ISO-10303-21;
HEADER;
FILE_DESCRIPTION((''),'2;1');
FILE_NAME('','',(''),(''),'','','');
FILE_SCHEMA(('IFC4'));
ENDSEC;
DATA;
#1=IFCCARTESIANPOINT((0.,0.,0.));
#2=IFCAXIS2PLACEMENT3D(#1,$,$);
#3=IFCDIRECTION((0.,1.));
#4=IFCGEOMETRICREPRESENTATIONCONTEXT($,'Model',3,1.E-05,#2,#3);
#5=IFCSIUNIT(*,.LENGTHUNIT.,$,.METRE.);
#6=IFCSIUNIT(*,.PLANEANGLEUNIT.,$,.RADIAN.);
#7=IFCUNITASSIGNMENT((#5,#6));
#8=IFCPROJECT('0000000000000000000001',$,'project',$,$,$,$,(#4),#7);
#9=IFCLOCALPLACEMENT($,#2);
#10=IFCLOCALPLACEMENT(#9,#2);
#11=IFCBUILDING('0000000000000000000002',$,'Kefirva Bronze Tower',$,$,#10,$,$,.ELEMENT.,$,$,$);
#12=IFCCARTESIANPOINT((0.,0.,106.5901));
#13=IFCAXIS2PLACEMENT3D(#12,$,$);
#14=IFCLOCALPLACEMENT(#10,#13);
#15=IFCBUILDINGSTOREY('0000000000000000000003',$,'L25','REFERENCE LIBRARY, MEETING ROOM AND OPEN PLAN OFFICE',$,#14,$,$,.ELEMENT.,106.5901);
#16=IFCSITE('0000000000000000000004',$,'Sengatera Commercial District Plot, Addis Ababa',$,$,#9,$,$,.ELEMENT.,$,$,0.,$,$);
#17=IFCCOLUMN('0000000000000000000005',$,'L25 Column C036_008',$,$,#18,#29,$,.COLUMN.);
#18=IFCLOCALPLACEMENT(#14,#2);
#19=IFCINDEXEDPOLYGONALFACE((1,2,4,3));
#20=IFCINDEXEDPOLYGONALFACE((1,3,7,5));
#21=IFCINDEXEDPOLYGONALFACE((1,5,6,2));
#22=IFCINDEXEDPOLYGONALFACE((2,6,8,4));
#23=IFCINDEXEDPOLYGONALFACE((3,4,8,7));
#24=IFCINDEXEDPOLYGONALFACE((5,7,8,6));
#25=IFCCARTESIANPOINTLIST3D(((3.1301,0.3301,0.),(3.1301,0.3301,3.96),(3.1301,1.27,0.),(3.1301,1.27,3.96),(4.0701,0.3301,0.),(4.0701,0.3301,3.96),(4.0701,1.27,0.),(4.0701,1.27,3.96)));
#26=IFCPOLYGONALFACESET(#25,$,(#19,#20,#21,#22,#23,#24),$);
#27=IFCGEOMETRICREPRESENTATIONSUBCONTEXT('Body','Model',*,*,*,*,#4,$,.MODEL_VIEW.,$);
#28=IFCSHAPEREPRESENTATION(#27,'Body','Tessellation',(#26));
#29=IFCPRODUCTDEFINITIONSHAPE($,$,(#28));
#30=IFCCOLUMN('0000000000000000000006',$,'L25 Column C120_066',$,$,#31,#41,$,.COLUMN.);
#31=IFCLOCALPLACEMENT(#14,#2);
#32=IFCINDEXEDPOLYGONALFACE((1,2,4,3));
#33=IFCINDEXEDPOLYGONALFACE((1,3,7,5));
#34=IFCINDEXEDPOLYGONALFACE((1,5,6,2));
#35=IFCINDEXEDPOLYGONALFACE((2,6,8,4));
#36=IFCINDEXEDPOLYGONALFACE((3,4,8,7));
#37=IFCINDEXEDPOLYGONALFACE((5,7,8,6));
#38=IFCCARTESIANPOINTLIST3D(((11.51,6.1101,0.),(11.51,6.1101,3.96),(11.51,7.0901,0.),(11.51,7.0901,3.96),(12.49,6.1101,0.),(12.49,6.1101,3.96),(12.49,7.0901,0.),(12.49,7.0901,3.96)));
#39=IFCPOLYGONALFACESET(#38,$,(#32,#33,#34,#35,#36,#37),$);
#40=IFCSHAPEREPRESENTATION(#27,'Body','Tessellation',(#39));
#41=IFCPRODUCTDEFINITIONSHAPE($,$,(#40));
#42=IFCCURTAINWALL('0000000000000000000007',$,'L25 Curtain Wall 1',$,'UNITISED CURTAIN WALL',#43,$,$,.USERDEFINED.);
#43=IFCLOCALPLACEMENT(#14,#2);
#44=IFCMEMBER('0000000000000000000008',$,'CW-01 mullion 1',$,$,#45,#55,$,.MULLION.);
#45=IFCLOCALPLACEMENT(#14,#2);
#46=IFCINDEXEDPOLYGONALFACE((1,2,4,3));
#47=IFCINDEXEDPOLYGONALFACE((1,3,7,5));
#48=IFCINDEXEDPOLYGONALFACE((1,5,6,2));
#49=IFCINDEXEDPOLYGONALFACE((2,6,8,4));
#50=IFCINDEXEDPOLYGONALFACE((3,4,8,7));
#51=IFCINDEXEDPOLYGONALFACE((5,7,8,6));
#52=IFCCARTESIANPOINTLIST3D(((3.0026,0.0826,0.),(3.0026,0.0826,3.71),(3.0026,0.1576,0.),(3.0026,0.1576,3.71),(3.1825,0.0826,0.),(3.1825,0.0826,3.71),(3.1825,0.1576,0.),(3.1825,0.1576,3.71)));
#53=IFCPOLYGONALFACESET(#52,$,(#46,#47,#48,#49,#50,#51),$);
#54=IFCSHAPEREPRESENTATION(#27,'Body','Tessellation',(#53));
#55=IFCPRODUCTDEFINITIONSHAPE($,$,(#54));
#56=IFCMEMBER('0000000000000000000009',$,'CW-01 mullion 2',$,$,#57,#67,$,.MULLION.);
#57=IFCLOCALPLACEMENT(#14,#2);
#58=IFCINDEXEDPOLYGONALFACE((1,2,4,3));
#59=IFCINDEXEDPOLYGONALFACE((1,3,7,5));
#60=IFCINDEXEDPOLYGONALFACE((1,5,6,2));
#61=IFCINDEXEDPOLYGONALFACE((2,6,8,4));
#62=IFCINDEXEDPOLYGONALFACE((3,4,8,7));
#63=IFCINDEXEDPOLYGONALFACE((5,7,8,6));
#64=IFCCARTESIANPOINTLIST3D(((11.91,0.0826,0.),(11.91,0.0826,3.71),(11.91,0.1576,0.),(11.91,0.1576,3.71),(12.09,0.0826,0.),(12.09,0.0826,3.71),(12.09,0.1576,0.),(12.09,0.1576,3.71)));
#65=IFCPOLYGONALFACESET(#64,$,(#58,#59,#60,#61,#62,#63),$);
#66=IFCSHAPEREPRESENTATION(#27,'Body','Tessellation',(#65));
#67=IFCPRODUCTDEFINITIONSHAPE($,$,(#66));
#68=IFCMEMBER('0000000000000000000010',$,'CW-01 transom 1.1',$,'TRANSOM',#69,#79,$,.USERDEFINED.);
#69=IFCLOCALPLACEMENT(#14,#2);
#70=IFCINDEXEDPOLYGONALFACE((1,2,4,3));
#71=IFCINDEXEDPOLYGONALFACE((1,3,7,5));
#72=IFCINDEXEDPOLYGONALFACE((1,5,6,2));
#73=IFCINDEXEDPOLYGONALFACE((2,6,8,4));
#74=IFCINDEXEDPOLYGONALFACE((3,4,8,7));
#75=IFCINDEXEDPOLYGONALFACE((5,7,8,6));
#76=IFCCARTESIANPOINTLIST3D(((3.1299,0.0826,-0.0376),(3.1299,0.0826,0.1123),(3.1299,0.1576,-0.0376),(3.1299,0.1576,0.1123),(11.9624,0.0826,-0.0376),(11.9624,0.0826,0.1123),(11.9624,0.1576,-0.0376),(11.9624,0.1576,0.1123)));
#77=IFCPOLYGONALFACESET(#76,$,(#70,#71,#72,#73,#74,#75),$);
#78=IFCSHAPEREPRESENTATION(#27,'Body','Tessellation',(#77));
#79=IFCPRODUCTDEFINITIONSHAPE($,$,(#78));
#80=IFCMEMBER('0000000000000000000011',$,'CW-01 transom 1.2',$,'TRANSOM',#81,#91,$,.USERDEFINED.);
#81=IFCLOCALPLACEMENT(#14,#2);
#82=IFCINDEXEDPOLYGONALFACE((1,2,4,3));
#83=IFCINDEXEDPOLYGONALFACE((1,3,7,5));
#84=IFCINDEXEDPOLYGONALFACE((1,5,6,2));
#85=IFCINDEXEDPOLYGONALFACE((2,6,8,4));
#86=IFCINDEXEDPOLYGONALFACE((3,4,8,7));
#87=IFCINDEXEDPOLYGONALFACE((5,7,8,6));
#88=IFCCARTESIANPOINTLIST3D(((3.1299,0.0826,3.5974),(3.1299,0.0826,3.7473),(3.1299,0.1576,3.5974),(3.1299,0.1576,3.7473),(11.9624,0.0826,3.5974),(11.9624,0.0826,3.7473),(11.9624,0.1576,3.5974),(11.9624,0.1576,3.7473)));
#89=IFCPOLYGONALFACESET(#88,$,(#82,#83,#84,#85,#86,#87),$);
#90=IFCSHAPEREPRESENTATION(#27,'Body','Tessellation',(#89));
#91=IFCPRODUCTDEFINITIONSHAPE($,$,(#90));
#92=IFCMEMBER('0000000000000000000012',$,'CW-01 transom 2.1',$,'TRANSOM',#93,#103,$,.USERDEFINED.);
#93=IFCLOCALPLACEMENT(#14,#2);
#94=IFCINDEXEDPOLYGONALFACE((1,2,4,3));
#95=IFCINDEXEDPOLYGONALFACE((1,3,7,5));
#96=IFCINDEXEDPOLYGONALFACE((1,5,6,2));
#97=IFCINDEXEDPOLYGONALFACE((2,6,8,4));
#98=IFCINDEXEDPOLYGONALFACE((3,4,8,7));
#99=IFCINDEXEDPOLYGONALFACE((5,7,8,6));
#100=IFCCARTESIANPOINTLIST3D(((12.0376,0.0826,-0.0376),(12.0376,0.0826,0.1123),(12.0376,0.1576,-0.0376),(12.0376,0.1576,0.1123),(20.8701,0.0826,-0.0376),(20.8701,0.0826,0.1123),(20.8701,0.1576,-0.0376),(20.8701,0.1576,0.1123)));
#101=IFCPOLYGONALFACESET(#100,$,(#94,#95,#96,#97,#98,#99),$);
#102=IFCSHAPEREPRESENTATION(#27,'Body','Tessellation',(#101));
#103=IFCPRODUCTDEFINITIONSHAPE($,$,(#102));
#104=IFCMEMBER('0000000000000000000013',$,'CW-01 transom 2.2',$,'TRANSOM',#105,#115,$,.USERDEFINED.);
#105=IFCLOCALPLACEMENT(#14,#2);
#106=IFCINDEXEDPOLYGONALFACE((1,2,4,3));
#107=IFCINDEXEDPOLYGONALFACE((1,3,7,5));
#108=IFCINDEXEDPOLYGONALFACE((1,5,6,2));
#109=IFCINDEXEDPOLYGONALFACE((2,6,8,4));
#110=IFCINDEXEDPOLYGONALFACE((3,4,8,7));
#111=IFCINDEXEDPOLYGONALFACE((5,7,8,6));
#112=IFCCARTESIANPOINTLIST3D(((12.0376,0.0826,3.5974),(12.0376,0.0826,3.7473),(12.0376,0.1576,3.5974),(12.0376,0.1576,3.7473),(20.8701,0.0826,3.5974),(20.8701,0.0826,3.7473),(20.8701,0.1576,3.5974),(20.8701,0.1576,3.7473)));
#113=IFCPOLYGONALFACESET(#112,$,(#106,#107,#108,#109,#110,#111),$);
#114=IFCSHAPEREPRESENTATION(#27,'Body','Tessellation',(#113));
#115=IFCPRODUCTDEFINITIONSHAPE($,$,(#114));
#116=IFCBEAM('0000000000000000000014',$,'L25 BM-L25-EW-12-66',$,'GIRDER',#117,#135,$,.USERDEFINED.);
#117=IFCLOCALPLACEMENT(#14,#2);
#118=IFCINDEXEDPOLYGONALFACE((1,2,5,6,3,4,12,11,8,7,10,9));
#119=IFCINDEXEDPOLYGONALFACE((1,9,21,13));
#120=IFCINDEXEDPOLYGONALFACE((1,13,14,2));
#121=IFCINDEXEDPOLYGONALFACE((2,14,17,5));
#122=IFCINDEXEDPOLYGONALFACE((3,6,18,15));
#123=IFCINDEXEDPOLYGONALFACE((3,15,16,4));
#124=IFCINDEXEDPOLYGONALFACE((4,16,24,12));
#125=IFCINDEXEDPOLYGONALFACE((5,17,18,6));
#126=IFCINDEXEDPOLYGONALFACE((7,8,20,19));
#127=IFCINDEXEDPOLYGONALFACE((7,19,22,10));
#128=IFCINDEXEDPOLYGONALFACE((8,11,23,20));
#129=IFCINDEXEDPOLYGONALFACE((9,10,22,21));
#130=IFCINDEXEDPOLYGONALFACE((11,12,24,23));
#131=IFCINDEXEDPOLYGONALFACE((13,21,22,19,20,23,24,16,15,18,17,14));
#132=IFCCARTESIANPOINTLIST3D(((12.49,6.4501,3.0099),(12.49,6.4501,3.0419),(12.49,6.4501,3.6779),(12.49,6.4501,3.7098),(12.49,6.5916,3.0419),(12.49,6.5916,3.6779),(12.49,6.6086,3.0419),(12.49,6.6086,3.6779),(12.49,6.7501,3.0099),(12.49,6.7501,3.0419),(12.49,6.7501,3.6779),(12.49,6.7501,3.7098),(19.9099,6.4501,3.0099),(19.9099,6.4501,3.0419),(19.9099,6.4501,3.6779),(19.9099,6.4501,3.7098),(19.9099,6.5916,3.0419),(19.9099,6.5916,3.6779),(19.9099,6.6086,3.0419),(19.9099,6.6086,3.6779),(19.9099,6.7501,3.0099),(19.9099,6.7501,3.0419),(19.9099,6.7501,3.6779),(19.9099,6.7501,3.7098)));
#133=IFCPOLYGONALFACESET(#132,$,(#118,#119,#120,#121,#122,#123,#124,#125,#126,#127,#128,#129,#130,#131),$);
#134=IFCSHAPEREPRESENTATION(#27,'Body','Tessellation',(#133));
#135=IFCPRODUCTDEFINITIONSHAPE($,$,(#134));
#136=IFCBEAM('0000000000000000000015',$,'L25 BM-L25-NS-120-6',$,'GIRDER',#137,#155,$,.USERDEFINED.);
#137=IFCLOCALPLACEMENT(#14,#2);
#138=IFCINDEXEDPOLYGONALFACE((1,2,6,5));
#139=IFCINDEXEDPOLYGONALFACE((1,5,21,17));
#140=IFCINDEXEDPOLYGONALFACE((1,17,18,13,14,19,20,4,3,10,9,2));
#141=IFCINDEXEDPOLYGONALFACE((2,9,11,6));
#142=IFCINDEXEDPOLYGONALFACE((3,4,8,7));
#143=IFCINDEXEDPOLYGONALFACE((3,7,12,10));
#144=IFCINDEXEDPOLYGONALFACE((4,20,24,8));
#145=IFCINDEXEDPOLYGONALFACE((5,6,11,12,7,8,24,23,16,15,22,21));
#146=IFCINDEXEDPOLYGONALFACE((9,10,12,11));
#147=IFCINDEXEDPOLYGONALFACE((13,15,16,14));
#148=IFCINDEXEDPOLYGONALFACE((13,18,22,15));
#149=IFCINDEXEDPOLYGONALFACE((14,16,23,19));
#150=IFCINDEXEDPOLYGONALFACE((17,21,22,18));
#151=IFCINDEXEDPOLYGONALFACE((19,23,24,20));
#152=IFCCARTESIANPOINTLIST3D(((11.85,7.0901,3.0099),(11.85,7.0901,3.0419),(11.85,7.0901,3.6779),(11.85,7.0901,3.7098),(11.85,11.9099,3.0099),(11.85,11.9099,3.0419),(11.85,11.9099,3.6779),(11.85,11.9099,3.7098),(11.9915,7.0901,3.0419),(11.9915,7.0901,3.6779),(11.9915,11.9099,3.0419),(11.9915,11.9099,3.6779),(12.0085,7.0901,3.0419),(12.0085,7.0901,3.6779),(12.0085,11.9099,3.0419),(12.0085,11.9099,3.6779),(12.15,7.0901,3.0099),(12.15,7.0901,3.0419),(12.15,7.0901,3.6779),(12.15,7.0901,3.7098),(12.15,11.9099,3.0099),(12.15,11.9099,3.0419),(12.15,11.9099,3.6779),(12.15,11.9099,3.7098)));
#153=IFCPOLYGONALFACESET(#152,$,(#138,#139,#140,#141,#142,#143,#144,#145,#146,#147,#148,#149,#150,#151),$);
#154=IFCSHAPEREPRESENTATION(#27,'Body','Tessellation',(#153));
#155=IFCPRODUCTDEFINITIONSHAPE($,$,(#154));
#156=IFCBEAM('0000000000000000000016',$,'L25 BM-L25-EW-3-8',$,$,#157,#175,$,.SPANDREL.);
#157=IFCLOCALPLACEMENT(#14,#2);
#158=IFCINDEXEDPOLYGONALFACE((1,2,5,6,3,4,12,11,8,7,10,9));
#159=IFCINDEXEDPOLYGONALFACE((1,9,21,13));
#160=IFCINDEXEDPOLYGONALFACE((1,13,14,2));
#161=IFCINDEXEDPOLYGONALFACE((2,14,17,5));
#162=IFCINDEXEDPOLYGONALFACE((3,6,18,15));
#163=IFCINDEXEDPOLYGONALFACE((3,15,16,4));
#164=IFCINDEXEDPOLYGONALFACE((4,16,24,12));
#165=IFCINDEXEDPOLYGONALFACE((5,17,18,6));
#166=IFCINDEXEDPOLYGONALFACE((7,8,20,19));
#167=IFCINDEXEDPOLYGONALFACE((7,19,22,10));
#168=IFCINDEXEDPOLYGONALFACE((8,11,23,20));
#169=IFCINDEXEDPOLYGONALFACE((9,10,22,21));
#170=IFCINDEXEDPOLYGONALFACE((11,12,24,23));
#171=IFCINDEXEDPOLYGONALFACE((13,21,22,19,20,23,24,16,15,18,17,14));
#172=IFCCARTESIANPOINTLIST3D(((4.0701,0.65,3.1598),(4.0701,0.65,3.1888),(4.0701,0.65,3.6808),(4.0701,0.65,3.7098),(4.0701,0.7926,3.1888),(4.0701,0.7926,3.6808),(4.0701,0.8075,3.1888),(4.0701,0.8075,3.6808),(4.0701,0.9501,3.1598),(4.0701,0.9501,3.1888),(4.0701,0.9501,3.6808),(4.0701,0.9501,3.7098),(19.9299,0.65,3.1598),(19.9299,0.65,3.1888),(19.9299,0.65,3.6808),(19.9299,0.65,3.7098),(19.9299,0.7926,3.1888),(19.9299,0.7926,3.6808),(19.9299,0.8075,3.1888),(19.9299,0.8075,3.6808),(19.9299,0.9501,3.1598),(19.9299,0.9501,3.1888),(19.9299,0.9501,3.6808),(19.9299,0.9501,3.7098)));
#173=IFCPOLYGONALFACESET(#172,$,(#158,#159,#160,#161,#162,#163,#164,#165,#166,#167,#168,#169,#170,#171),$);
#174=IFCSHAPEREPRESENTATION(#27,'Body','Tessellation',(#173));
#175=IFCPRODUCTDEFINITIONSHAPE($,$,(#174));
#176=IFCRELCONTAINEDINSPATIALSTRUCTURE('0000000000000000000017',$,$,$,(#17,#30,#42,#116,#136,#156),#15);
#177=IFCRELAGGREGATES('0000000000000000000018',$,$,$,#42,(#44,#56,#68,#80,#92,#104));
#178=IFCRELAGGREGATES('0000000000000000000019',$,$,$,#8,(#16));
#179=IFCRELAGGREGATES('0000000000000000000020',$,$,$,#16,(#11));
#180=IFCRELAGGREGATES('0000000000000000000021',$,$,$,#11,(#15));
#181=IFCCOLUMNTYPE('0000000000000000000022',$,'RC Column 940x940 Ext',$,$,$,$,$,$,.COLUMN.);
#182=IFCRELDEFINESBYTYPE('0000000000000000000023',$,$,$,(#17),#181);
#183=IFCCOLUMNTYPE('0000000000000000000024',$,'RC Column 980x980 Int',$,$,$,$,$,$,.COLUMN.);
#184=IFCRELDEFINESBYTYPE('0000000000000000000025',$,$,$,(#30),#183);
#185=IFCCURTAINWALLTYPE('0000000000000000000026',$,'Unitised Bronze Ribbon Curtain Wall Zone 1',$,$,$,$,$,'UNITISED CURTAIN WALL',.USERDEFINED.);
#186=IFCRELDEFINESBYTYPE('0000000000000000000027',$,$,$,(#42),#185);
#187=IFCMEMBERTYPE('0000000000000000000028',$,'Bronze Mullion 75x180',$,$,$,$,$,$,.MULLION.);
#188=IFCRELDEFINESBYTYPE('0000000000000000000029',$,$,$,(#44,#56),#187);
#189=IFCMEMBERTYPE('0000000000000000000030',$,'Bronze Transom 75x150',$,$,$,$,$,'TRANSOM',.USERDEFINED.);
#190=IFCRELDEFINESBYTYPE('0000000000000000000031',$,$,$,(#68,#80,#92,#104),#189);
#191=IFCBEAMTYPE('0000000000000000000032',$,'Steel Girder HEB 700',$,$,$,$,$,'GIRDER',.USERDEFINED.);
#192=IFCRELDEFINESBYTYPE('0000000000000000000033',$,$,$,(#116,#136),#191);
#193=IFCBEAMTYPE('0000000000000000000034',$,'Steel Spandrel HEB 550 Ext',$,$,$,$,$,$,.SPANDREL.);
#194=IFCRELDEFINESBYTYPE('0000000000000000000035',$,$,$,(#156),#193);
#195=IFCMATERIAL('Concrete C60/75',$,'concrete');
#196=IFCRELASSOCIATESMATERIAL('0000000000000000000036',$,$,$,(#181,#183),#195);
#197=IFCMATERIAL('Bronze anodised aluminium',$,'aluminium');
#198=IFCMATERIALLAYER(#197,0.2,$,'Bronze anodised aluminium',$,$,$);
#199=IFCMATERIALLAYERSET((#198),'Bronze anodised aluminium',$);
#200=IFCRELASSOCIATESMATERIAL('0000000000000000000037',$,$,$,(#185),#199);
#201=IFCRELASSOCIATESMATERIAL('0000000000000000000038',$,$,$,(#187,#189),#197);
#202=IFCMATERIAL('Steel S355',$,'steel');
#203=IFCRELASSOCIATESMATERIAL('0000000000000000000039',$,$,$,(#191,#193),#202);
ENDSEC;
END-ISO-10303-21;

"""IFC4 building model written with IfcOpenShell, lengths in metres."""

from ifc_helpers import new_model, si_unit, direction, frame, origin, origin_2d, place, context, subcontext, project, spatial, rectangle, i_section, extrude, material, layer, layer_set, material_profile, profile_set, type_object, element, aggregate, save


model = new_model("IFC4")

# Units and contexts
model_context = context("Model", 3, precision=1e-05, world=origin(), true_north=direction((0.0, 1.0)))
body_context = subcontext(model_context, "Body", "Model", "MODEL_VIEW")
ifc_project = project(units=[si_unit("LENGTHUNIT", "METRE"), si_unit("PLANEANGLEUNIT", "RADIAN")], contexts=[model_context])

# Site, building, storey
site_placement = place(None, origin())
site = spatial("IfcSite", under=ifc_project, at=site_placement, Name="Sengatera Commercial District Plot, Addis Ababa", CompositionType="ELEMENT", RefElevation=0.0)
building_placement = place(site_placement, origin())
building = spatial("IfcBuilding", under=site, at=building_placement, Name="Kefirva Bronze Tower", CompositionType="ELEMENT")
storey_placement = place(building_placement, frame((0.0, 0.0, 106.5901)))
storey = spatial("IfcBuildingStorey", under=building, at=storey_placement, Name="L25", Description="REFERENCE LIBRARY, MEETING ROOM AND OPEN PLAN OFFICE", CompositionType="ELEMENT", Elevation=106.5901)

# Columns
ifc_material_1 = material(Name="Concrete C60/75", Category="concrete")
ifc_material_profile_1 = material_profile(ifc_material_1, rectangle(XDim=0.9399, YDim=0.9399, at=origin_2d()), Name="RC 940x940")
ifc_profile_set_1 = profile_set([ifc_material_profile_1], Name="Concrete C60/75")
column_type_1 = type_object("IfcColumnType", Name="RC Column 940x940 Ext", PredefinedType="COLUMN", material=ifc_profile_set_1)
column_1_placement = place(storey_placement, frame((3.6001, 0.8, 0.0), z_axis=(0.0, 0.0, 1.0), x_axis=(1.0, 0.0, 0.0)))
element("IfcColumn", 1, at=column_1_placement, inside=storey, type_object=column_type_1, Name="L25 Column C036_008", PredefinedType="COLUMN", context=body_context, shape_type="SweptSolid", body=[
    extrude(rectangle(XDim=0.9399, YDim=0.9399, at=origin_2d()), origin(), (0.0, 0.0, 1.0), 3.96),
])
ifc_material_profile_2 = material_profile(ifc_material_1, rectangle(XDim=0.98, YDim=0.98, at=origin_2d()), Name="RC 980x980")
ifc_profile_set_2 = profile_set([ifc_material_profile_2], Name="Concrete C60/75")
column_type_2 = type_object("IfcColumnType", Name="RC Column 980x980 Int", PredefinedType="COLUMN", material=ifc_profile_set_2)
column_2_placement = place(storey_placement, frame((12.0, 6.6001, 0.0), z_axis=(0.0, 0.0, 1.0), x_axis=(1.0, 0.0, 0.0)))
element("IfcColumn", 2, at=column_2_placement, inside=storey, type_object=column_type_2, Name="L25 Column C120_066", PredefinedType="COLUMN", context=body_context, shape_type="SweptSolid", body=[
    extrude(rectangle(XDim=0.98, YDim=0.98, at=origin_2d()), origin(), (0.0, 0.0, 1.0), 3.96),
])

# Curtain wall, members
ifc_material_2 = material(Name="Bronze anodised aluminium", Category="aluminium")
ifc_layer_1 = layer(ifc_material_2, 0.2, Name="Bronze anodised aluminium")
ifc_layer_set_1 = layer_set([ifc_layer_1], Name="Bronze anodised aluminium")
curtain_wall_type = type_object("IfcCurtainWallType", Name="Unitised Bronze Ribbon Curtain Wall Zone 1", ElementType="UNITISED CURTAIN WALL", PredefinedType="USERDEFINED", material=ifc_layer_set_1)
curtain_wall_placement = place(storey_placement, origin())
curtain_wall = element("IfcCurtainWall", 3, at=curtain_wall_placement, inside=storey, type_object=curtain_wall_type, Name="L25 Curtain Wall 1", ObjectType="UNITISED CURTAIN WALL", PredefinedType="USERDEFINED")
ifc_material_profile_3 = material_profile(ifc_material_2, rectangle(XDim=0.075, YDim=0.1799, at=origin_2d()), Name="ALU 75x180")
ifc_profile_set_3 = profile_set([ifc_material_profile_3], Name="Bronze anodised aluminium")
member_type_1 = type_object("IfcMemberType", Name="Bronze Mullion 75x180", PredefinedType="MULLION", material=ifc_profile_set_3)
member_1_placement = place(storey_placement, frame((3.0925, 0.1201, 0.0), z_axis=(0.0, 0.0, 1.0), x_axis=(0.0, 1.0, 0.0)))
member_1 = element("IfcMember", 4, at=member_1_placement, type_object=member_type_1, Name="CW-01 mullion 1", PredefinedType="MULLION", context=body_context, shape_type="SweptSolid", body=[
    extrude(rectangle(XDim=0.075, YDim=0.1799, at=origin_2d()), origin(), (0.0, 0.0, 1.0), 3.71),
])
member_2_placement = place(storey_placement, frame((12.0, 0.1201, 0.0), z_axis=(0.0, 0.0, 1.0), x_axis=(0.0, 1.0, 0.0)))
member_2 = element("IfcMember", 5, at=member_2_placement, type_object=member_type_1, Name="CW-01 mullion 2", PredefinedType="MULLION", context=body_context, shape_type="SweptSolid", body=[
    extrude(rectangle(XDim=0.075, YDim=0.1799, at=origin_2d()), origin(), (0.0, 0.0, 1.0), 3.71),
])
ifc_material_profile_4 = material_profile(ifc_material_2, rectangle(XDim=0.075, YDim=0.1499, at=origin_2d()), Name="ALU 75x150")
ifc_profile_set_4 = profile_set([ifc_material_profile_4], Name="Bronze anodised aluminium")
member_type_2 = type_object("IfcMemberType", Name="Bronze Transom 75x150", ElementType="TRANSOM", PredefinedType="USERDEFINED", material=ifc_profile_set_4)
member_3_placement = place(storey_placement, frame((3.1299, 0.1201, 0.0374), z_axis=(1.0, 0.0, 0.0), x_axis=(0.0, 1.0, 0.0)))
member_3 = element("IfcMember", 6, at=member_3_placement, type_object=member_type_2, Name="CW-01 transom 1.1", ObjectType="TRANSOM", PredefinedType="USERDEFINED", context=body_context, shape_type="SweptSolid", body=[
    extrude(rectangle(XDim=0.075, YDim=0.1499, at=origin_2d()), origin(), (0.0, 0.0, 1.0), 8.8325),
])
member_4_placement = place(storey_placement, frame((3.1299, 0.1201, 3.6724), z_axis=(1.0, 0.0, 0.0), x_axis=(0.0, 1.0, 0.0)))
member_4 = element("IfcMember", 7, at=member_4_placement, type_object=member_type_2, Name="CW-01 transom 1.2", ObjectType="TRANSOM", PredefinedType="USERDEFINED", context=body_context, shape_type="SweptSolid", body=[
    extrude(rectangle(XDim=0.075, YDim=0.1499, at=origin_2d()), origin(), (0.0, 0.0, 1.0), 8.8325),
])
member_5_placement = place(storey_placement, frame((12.0376, 0.1201, 0.0374), z_axis=(1.0, 0.0, 0.0), x_axis=(0.0, 1.0, 0.0)))
member_5 = element("IfcMember", 8, at=member_5_placement, type_object=member_type_2, Name="CW-01 transom 2.1", ObjectType="TRANSOM", PredefinedType="USERDEFINED", context=body_context, shape_type="SweptSolid", body=[
    extrude(rectangle(XDim=0.075, YDim=0.1499, at=origin_2d()), origin(), (0.0, 0.0, 1.0), 8.8325),
])
member_6_placement = place(storey_placement, frame((12.0376, 0.1201, 3.6724), z_axis=(1.0, 0.0, 0.0), x_axis=(0.0, 1.0, 0.0)))
member_6 = element("IfcMember", 9, at=member_6_placement, type_object=member_type_2, Name="CW-01 transom 2.2", ObjectType="TRANSOM", PredefinedType="USERDEFINED", context=body_context, shape_type="SweptSolid", body=[
    extrude(rectangle(XDim=0.075, YDim=0.1499, at=origin_2d()), origin(), (0.0, 0.0, 1.0), 8.8325),
])

# Beams
ifc_material_3 = material(Name="Steel S355", Category="steel")
ifc_material_profile_5 = material_profile(ifc_material_3, i_section(OverallWidth=0.3, OverallDepth=0.7, WebThickness=0.0171, FlangeThickness=0.032, at=origin_2d()), Name="HEB 700")
ifc_profile_set_5 = profile_set([ifc_material_profile_5], Name="Steel S355")
beam_type_1 = type_object("IfcBeamType", Name="Steel Girder HEB 700", ElementType="GIRDER", PredefinedType="USERDEFINED", material=ifc_profile_set_5)
beam_1_placement = place(storey_placement, frame((12.49, 6.6001, 3.3599), z_axis=(1.0, 0.0, 0.0), x_axis=(0.0, 1.0, 0.0)))
element("IfcBeam", 10, at=beam_1_placement, inside=storey, type_object=beam_type_1, Name="L25 BM-L25-EW-12-66", ObjectType="GIRDER", PredefinedType="USERDEFINED", context=body_context, shape_type="SweptSolid", body=[
    extrude(i_section(OverallWidth=0.3, OverallDepth=0.7, WebThickness=0.0171, FlangeThickness=0.032, at=origin_2d()), origin(), (0.0, 0.0, 1.0), 7.4199),
])
beam_2_placement = place(storey_placement, frame((12.0, 7.0901, 3.3599), z_axis=(0.0, 1.0, 0.0), x_axis=(-1.0, 0.0, 0.0)))
element("IfcBeam", 11, at=beam_2_placement, inside=storey, type_object=beam_type_1, Name="L25 BM-L25-NS-120-6", ObjectType="GIRDER", PredefinedType="USERDEFINED", context=body_context, shape_type="SweptSolid", body=[
    extrude(i_section(OverallWidth=0.3, OverallDepth=0.7, WebThickness=0.0171, FlangeThickness=0.032, at=origin_2d()), origin(), (0.0, 0.0, 1.0), 4.8198),
])
ifc_material_profile_6 = material_profile(ifc_material_3, i_section(OverallWidth=0.3, OverallDepth=0.55, WebThickness=0.0149, FlangeThickness=0.0291, at=origin_2d()), Name="HEB 550")
ifc_profile_set_6 = profile_set([ifc_material_profile_6], Name="Steel S355")
beam_type_2 = type_object("IfcBeamType", Name="Steel Spandrel HEB 550 Ext", PredefinedType="SPANDREL", material=ifc_profile_set_6)
beam_3_placement = place(storey_placement, frame((4.0701, 0.8, 3.4348), z_axis=(1.0, 0.0, 0.0), x_axis=(0.0, 1.0, 0.0)))
element("IfcBeam", 12, at=beam_3_placement, inside=storey, type_object=beam_type_2, Name="L25 BM-L25-EW-3-8", PredefinedType="SPANDREL", context=body_context, shape_type="SweptSolid", body=[
    extrude(i_section(OverallWidth=0.3, OverallDepth=0.55, WebThickness=0.0149, FlangeThickness=0.0291, at=origin_2d()), origin(), (0.0, 0.0, 1.0), 15.8599),
])

aggregate(curtain_wall, [member_1, member_2, member_3, member_4, member_5, member_6])

save(model, "model.ifc")
